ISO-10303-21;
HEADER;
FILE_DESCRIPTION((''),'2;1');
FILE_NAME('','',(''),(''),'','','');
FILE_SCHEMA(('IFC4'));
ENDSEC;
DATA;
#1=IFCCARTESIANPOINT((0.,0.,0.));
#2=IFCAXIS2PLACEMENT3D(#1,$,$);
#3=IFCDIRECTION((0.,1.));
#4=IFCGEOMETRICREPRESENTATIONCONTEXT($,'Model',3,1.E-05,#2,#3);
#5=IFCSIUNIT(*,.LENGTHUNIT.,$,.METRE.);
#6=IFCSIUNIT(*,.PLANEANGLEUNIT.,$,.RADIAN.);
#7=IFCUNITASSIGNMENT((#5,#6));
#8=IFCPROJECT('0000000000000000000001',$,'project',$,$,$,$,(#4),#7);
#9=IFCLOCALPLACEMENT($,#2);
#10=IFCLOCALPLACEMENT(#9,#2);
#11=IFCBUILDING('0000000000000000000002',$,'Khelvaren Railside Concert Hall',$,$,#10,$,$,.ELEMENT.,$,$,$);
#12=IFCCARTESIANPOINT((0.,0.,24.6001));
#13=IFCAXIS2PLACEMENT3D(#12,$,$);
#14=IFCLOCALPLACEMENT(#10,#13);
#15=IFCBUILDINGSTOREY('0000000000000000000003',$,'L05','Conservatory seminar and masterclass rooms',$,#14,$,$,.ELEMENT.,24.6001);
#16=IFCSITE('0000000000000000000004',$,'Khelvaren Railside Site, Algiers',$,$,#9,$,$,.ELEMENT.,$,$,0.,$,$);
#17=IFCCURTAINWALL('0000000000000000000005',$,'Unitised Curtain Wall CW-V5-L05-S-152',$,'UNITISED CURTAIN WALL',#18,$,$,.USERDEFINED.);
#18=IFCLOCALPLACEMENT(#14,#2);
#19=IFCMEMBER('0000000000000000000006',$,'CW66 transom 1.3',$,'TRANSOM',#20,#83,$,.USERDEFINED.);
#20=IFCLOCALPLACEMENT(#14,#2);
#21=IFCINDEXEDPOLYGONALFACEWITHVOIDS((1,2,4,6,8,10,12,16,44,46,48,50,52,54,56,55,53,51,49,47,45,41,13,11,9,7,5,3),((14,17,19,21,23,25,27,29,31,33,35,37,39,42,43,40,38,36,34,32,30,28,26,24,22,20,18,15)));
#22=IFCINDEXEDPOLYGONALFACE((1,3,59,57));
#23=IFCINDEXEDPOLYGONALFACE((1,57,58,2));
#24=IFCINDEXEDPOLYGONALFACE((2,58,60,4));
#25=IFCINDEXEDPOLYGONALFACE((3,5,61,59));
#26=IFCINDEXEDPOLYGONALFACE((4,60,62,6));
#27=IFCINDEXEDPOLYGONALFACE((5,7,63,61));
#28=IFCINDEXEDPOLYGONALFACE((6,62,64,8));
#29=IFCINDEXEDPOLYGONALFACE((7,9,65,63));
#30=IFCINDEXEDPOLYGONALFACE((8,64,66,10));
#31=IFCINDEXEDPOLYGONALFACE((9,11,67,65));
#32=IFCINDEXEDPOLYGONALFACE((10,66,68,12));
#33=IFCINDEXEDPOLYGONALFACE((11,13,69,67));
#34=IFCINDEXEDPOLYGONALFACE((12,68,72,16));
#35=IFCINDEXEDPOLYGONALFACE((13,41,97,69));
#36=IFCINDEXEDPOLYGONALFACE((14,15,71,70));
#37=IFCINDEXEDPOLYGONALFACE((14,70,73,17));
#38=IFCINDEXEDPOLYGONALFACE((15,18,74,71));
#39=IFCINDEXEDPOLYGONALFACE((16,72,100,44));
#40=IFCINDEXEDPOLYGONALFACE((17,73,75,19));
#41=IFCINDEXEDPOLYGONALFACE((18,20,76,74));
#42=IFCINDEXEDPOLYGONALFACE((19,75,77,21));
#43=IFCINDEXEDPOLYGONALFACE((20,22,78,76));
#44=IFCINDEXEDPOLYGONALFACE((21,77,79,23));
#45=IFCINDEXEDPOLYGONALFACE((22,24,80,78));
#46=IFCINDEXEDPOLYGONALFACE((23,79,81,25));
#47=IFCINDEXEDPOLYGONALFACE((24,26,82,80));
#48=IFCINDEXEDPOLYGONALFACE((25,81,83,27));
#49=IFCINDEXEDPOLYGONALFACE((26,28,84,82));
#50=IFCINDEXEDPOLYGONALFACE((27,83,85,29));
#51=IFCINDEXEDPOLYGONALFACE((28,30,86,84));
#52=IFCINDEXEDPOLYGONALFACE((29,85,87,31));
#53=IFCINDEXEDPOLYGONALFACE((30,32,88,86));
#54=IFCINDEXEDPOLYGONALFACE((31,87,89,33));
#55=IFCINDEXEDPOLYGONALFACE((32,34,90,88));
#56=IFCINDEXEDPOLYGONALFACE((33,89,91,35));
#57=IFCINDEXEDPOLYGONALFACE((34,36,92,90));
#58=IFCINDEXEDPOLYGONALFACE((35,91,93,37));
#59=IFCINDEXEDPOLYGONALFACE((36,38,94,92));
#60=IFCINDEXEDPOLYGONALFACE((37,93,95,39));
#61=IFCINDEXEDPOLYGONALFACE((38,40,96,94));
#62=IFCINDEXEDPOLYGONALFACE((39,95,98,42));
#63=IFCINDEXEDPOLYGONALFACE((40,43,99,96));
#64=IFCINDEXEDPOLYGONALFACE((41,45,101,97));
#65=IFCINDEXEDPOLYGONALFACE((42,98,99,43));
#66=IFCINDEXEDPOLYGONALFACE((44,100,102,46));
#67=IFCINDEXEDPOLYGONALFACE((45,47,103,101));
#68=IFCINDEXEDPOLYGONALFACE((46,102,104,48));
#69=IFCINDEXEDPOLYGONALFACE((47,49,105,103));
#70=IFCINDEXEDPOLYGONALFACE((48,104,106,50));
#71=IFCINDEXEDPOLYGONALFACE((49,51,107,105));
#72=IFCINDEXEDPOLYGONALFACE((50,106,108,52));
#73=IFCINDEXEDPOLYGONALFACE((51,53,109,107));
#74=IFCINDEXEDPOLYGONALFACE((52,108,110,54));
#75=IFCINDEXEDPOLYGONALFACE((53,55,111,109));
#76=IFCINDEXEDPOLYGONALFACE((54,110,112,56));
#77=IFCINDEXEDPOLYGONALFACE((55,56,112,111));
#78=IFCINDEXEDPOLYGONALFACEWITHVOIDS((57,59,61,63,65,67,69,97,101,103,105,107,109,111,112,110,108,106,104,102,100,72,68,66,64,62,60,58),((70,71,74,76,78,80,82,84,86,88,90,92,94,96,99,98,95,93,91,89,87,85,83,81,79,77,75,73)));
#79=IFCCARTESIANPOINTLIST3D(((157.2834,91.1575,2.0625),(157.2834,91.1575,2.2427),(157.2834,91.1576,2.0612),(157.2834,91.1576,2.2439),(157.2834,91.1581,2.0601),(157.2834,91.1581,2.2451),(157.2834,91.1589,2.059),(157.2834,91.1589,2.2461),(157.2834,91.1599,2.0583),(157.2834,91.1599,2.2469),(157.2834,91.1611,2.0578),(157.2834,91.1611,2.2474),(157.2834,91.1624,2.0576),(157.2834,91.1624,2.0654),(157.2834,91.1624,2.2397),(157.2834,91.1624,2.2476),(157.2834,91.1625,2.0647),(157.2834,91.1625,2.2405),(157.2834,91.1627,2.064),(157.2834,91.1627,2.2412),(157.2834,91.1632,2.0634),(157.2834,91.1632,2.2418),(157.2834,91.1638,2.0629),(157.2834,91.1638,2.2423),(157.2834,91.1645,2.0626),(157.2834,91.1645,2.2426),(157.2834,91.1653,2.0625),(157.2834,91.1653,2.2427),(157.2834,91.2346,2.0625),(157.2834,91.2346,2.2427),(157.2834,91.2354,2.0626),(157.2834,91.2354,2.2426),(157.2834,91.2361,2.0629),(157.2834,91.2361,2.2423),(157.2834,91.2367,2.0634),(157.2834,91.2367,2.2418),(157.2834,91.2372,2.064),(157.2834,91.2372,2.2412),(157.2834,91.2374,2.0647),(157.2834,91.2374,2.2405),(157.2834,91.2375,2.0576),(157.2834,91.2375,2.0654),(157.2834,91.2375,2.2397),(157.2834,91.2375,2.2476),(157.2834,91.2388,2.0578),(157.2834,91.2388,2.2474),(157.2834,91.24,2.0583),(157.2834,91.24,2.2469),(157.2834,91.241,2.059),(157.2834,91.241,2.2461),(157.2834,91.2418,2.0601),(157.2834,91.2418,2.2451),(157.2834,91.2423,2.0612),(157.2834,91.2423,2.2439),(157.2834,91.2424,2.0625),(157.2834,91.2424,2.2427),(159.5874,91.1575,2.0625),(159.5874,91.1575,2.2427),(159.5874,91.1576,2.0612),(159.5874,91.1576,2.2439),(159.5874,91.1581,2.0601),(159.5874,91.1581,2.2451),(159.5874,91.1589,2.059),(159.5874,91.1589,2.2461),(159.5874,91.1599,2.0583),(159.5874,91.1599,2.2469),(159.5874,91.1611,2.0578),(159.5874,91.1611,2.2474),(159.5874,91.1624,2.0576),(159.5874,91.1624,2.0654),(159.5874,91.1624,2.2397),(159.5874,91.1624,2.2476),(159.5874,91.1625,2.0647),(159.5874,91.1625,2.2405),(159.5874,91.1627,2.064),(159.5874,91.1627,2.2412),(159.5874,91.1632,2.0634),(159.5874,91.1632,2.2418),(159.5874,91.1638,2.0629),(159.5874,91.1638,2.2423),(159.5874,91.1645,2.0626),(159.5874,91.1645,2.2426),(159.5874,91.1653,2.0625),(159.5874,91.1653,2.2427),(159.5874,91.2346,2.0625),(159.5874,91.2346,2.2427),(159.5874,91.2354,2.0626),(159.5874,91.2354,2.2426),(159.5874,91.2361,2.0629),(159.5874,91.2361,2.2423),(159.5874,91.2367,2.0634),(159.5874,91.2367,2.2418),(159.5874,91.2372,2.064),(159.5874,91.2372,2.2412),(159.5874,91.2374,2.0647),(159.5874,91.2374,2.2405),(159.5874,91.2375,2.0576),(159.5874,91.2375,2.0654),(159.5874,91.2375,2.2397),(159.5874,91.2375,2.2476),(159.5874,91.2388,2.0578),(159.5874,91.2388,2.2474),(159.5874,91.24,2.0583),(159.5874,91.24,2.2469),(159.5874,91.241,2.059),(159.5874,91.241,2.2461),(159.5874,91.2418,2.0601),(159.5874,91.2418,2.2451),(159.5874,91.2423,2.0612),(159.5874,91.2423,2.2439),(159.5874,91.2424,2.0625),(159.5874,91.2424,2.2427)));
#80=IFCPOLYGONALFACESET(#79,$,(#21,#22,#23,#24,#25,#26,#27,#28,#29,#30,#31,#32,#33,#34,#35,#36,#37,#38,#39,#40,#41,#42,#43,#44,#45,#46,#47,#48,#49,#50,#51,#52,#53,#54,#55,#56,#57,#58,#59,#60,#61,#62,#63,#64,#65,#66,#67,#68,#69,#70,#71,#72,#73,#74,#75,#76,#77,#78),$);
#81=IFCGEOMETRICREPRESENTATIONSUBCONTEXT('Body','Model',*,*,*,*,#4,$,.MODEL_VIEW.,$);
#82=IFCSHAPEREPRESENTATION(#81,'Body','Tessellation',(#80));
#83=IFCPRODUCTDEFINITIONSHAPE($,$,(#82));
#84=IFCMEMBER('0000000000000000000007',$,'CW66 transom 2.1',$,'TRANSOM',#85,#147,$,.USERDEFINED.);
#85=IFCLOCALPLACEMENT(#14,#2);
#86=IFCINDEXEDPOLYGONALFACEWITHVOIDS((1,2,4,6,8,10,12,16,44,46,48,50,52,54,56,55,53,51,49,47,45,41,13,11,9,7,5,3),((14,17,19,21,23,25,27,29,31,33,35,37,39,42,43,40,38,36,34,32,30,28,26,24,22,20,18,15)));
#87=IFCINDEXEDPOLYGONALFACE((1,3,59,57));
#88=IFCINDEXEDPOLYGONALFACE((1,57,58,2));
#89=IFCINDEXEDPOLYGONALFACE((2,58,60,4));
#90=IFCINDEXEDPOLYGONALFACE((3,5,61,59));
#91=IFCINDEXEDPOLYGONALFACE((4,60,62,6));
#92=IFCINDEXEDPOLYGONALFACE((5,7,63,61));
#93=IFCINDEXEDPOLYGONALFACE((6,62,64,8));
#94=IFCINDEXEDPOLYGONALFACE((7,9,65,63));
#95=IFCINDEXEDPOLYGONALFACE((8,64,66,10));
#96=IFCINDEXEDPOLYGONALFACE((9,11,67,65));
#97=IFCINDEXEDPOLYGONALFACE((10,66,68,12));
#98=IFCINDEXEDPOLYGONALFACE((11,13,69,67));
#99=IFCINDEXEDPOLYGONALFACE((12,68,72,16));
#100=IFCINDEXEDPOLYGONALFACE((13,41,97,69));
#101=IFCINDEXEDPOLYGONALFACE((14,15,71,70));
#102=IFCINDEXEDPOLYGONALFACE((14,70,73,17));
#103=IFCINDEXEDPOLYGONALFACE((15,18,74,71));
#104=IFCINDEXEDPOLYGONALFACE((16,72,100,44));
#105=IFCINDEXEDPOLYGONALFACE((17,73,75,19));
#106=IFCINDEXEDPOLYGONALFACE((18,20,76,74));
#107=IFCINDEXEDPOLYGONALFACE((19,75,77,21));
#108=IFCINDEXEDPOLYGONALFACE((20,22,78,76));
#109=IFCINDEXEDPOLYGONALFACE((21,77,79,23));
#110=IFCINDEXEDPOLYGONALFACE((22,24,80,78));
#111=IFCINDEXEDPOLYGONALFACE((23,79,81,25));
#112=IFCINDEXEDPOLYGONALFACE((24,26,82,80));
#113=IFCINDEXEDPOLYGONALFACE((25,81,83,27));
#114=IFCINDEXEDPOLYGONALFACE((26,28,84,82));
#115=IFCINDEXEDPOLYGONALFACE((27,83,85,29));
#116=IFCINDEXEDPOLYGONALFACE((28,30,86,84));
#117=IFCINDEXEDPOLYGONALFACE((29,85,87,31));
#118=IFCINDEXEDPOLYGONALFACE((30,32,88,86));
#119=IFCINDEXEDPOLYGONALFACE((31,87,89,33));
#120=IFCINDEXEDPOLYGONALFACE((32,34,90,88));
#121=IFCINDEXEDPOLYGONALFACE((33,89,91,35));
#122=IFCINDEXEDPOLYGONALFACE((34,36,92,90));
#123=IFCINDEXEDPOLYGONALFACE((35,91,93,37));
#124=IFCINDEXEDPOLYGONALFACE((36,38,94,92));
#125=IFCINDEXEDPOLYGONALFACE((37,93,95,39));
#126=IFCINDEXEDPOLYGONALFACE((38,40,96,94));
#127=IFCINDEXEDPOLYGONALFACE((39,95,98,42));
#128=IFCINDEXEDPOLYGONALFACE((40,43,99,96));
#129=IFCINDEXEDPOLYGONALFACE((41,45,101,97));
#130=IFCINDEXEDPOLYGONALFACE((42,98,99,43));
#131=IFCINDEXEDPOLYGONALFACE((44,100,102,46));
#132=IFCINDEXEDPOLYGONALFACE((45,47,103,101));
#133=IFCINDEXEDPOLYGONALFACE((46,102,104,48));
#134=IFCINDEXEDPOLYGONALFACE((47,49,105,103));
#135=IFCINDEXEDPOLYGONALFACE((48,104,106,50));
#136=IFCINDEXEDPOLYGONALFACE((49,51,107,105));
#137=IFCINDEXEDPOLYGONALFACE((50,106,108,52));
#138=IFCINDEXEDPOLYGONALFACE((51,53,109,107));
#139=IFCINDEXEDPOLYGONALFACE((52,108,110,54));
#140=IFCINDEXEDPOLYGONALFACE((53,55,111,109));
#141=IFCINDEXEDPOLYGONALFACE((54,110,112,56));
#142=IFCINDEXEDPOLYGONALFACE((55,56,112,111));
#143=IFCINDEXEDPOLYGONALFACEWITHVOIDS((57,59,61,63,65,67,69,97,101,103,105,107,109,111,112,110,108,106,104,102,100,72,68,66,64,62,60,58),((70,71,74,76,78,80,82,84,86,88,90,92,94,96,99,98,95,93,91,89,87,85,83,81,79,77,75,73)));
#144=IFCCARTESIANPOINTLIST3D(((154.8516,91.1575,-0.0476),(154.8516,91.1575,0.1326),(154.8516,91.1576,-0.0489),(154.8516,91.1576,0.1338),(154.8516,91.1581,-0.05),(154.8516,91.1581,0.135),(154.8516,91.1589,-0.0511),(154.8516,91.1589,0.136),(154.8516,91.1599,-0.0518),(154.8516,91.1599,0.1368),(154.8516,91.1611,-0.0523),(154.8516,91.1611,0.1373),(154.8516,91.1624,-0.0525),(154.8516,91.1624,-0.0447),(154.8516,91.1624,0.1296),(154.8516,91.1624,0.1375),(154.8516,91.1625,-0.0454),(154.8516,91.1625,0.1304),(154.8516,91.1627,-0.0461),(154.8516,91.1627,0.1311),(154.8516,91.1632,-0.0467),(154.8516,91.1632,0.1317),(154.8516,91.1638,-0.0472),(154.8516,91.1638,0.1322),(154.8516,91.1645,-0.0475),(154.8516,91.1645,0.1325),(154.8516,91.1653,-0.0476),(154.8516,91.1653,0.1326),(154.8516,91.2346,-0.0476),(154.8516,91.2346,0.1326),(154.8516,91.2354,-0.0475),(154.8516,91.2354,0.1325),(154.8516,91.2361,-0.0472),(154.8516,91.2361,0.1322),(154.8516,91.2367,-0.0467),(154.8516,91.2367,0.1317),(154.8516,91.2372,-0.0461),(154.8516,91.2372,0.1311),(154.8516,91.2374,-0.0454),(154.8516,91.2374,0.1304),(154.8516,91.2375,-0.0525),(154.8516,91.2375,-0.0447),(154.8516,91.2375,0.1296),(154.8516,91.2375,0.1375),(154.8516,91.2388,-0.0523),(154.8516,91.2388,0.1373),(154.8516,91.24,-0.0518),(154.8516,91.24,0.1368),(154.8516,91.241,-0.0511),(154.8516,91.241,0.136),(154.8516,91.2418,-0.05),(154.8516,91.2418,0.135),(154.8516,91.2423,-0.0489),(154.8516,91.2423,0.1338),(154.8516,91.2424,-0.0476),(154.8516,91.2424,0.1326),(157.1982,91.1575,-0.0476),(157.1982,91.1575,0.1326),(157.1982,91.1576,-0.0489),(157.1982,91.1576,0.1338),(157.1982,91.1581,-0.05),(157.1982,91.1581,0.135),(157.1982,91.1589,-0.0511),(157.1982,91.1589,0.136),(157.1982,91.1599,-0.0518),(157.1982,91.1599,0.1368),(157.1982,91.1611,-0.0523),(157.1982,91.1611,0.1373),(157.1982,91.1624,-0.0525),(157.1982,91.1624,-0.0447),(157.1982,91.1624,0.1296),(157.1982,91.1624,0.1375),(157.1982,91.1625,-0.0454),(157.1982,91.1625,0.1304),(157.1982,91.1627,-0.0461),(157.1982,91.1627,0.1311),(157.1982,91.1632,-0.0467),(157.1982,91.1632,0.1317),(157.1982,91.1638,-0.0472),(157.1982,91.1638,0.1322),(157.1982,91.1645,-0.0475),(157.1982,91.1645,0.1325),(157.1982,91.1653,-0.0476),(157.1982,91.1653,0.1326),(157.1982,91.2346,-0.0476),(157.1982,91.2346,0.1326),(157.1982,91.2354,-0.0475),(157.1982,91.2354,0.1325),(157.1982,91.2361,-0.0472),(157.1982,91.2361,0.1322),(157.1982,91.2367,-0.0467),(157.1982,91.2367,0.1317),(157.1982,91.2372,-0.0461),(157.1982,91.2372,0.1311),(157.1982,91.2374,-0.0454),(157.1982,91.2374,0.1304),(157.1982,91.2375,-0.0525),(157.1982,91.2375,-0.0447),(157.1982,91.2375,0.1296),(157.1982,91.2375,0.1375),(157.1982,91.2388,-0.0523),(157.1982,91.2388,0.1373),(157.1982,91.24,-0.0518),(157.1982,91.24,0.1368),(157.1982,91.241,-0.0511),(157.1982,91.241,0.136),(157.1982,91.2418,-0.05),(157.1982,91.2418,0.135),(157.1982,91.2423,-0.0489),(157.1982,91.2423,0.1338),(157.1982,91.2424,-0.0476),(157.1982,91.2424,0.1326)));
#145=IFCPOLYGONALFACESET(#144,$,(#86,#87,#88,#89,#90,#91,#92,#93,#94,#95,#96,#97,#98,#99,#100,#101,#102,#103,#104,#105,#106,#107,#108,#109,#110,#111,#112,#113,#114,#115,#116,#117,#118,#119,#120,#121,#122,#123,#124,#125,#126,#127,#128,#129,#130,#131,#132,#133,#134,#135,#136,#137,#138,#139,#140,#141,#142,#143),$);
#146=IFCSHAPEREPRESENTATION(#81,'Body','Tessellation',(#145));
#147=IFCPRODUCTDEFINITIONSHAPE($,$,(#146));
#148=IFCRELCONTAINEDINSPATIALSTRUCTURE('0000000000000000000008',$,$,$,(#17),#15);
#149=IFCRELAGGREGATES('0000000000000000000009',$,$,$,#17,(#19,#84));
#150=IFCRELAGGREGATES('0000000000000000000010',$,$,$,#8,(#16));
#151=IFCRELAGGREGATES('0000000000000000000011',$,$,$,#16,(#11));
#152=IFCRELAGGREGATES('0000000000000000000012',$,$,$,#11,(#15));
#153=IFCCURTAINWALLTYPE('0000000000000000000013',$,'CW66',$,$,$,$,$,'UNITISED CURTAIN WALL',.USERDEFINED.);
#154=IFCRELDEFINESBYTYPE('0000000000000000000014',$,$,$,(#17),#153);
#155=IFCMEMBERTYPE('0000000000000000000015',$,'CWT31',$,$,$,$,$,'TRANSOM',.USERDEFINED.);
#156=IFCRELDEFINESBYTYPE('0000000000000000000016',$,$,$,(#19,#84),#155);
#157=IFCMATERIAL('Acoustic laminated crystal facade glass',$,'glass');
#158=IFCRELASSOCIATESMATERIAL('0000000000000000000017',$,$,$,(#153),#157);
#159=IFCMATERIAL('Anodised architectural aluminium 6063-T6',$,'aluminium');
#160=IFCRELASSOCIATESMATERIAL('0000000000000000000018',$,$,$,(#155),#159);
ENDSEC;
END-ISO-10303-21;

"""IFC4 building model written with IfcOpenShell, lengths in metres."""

from ifc_helpers import new_model, si_unit, direction, frame, origin, origin_2d, place, context, subcontext, project, spatial, hollow_rectangle, extrude, material, material_profile, profile_set, type_object, element, aggregate, save


model = new_model("IFC4")

# Units and contexts
model_context = context("Model", 3, precision=1e-05, world=origin(), true_north=direction((0.0, 1.0)))
body_context = subcontext(model_context, "Body", "Model", "MODEL_VIEW")
ifc_project = project(units=[si_unit("LENGTHUNIT", "METRE"), si_unit("PLANEANGLEUNIT", "RADIAN")], contexts=[model_context])

# Site, building, storey
site_placement = place(None, origin())
site = spatial("IfcSite", under=ifc_project, at=site_placement, Name="Khelvaren Railside Site, Algiers", CompositionType="ELEMENT", RefElevation=0.0)
building_placement = place(site_placement, origin())
building = spatial("IfcBuilding", under=site, at=building_placement, Name="Khelvaren Railside Concert Hall", CompositionType="ELEMENT")
storey_placement = place(building_placement, frame((0.0, 0.0, 24.6001)))
storey = spatial("IfcBuildingStorey", under=building, at=storey_placement, Name="L05", Description="Conservatory seminar and masterclass rooms", CompositionType="ELEMENT", Elevation=24.6001)

# Curtain wall, members
ifc_material_1 = material(Name="Acoustic laminated crystal facade glass", Category="glass")
curtain_wall_type = type_object("IfcCurtainWallType", Name="CW66", ElementType="UNITISED CURTAIN WALL", PredefinedType="USERDEFINED", material=ifc_material_1)
curtain_wall_placement = place(storey_placement, origin())
curtain_wall = element("IfcCurtainWall", 1, at=curtain_wall_placement, inside=storey, type_object=curtain_wall_type, Name="Unitised Curtain Wall CW-V5-L05-S-152", ObjectType="UNITISED CURTAIN WALL", PredefinedType="USERDEFINED")
ifc_material_2 = material(Name="Anodised architectural aluminium 6063-T6", Category="aluminium")
ifc_material_profile_1 = material_profile(ifc_material_2, hollow_rectangle(XDim=0.085, YDim=0.1899, WallThickness=0.0049, InnerFilletRadius=0.0029, OuterFilletRadius=0.0049, at=origin_2d()), Name="CWT 85x190x5")
ifc_profile_set_1 = profile_set([ifc_material_profile_1], Name="Anodised architectural aluminium 6063-T6")
member_type_1 = type_object("IfcMemberType", Name="CWT31", ElementType="TRANSOM", PredefinedType="USERDEFINED", material=ifc_profile_set_1)
member_1_placement = place(storey_placement, frame((159.5874, 91.2, 2.1526), z_axis=(-1.0, 0.0, 0.0), x_axis=(0.0, -1.0, 0.0)))
member_1 = element("IfcMember", 2, at=member_1_placement, type_object=member_type_1, Name="CW66 transom 1.3", ObjectType="TRANSOM", PredefinedType="USERDEFINED", context=body_context, shape_type="SweptSolid", body=[
    extrude(hollow_rectangle(XDim=0.085, YDim=0.1899, WallThickness=0.0049, InnerFilletRadius=0.0029, OuterFilletRadius=0.0049, at=origin_2d()), origin(), (0.0, 0.0, 1.0), 2.304),
])
member_2_placement = place(storey_placement, frame((157.1982, 91.2, 0.0425), z_axis=(-1.0, 0.0, 0.0), x_axis=(0.0, -1.0, 0.0)))
member_2 = element("IfcMember", 3, at=member_2_placement, type_object=member_type_1, Name="CW66 transom 2.1", ObjectType="TRANSOM", PredefinedType="USERDEFINED", context=body_context, shape_type="SweptSolid", body=[
    extrude(hollow_rectangle(XDim=0.085, YDim=0.1899, WallThickness=0.0049, InnerFilletRadius=0.0029, OuterFilletRadius=0.0049, at=origin_2d()), origin(), (0.0, 0.0, 1.0), 2.3467),
])
aggregate(curtain_wall, [member_1, member_2])

save(model, "model.ifc")
